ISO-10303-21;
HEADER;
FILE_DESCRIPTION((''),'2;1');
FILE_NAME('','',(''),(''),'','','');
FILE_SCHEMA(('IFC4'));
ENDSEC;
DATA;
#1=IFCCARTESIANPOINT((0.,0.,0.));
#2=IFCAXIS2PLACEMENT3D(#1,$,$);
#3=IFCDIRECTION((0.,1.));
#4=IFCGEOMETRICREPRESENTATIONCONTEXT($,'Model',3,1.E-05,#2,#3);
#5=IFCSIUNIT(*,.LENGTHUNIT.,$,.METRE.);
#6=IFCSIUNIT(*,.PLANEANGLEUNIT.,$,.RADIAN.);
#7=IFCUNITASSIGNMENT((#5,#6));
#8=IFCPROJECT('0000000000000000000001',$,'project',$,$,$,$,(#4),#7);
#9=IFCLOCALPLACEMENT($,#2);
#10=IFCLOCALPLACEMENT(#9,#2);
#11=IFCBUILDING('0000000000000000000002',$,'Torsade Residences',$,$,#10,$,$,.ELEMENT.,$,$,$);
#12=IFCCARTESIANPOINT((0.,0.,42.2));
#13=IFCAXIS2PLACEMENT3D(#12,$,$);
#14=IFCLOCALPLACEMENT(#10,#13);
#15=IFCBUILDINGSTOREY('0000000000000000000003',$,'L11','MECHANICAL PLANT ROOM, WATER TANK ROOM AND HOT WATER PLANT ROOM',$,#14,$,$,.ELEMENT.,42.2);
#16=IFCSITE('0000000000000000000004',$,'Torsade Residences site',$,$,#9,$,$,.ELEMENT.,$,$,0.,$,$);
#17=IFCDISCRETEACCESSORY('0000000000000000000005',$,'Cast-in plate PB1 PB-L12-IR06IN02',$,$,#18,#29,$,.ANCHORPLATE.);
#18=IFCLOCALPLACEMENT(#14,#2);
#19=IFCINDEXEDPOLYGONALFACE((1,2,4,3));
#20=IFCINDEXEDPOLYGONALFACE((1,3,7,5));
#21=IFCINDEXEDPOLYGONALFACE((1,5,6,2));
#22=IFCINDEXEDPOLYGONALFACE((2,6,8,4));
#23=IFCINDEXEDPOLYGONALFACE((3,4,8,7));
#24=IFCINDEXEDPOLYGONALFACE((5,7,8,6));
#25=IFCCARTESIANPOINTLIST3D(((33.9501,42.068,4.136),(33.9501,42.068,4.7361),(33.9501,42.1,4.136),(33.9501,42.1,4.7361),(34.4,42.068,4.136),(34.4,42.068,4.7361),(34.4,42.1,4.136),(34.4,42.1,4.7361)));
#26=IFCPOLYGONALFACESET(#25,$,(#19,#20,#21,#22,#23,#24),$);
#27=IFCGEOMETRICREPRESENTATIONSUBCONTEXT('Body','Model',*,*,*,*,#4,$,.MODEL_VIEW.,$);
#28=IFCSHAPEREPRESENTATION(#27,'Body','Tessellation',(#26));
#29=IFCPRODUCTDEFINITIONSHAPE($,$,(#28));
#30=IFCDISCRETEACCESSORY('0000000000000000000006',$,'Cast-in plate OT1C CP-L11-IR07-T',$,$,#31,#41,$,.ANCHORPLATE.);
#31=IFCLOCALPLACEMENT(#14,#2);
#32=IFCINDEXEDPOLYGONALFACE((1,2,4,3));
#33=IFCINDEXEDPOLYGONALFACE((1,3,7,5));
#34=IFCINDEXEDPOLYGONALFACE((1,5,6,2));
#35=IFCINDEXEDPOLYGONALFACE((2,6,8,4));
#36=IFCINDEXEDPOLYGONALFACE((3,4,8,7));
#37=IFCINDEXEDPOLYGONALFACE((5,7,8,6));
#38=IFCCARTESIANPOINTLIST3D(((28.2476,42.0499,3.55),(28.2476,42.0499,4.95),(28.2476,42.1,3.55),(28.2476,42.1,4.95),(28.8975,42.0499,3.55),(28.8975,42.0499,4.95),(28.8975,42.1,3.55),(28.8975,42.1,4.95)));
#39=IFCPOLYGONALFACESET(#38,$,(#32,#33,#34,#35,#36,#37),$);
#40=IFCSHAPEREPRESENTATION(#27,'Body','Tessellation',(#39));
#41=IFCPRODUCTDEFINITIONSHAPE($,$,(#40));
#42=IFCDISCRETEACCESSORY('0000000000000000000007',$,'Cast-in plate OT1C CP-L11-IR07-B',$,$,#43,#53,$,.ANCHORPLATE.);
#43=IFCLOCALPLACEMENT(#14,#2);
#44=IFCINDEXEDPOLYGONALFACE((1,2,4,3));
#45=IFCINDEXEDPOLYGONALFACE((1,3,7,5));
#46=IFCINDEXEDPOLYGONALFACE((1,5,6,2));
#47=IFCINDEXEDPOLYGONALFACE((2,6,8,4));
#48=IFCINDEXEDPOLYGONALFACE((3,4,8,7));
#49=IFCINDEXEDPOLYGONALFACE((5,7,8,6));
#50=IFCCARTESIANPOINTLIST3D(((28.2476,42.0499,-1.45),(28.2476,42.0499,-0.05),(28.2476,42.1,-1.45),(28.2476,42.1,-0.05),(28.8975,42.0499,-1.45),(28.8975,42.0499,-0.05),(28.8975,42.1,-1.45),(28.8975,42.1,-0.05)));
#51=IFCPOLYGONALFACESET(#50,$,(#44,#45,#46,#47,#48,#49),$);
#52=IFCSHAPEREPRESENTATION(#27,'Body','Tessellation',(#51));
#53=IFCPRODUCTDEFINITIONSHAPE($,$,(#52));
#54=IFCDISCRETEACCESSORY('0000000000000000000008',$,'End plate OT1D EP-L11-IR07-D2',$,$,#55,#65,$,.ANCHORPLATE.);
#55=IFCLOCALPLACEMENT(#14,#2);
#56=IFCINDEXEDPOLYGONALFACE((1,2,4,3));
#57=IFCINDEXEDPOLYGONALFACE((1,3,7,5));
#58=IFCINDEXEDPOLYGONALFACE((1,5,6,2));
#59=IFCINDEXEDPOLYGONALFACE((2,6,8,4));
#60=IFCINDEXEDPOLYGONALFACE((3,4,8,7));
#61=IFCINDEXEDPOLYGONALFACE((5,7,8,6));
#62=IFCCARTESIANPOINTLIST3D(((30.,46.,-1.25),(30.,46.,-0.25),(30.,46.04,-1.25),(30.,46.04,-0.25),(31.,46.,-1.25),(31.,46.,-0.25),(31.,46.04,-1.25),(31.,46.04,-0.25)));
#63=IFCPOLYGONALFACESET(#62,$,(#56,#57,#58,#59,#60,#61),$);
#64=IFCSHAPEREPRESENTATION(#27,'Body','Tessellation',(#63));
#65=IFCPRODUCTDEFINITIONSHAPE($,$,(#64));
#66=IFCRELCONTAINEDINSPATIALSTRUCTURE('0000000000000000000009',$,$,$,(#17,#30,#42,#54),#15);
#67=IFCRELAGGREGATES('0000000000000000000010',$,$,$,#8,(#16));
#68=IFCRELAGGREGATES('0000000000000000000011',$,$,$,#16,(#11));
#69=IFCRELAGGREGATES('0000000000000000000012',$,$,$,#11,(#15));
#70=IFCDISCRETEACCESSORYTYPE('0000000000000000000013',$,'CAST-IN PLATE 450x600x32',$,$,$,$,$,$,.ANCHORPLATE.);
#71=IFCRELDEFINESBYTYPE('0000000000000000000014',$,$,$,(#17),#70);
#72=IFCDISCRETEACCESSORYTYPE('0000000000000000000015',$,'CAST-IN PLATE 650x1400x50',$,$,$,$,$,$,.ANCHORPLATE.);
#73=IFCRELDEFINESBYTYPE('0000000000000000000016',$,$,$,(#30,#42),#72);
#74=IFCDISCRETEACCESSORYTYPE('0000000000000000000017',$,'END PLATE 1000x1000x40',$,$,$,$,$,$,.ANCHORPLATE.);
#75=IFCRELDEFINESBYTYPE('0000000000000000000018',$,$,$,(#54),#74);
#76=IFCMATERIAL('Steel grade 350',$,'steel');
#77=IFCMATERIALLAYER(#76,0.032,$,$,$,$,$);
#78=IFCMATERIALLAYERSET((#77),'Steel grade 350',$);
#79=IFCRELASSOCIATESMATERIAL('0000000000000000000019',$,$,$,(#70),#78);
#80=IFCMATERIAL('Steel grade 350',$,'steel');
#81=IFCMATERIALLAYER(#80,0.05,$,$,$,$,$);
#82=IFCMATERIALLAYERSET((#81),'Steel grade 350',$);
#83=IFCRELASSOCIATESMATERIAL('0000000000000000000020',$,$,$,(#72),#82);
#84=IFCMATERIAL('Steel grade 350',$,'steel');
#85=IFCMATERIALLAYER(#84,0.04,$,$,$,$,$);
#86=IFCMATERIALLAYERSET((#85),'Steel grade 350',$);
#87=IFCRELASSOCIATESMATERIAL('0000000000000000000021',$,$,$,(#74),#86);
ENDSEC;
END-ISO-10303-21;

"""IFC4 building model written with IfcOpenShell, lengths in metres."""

from ifc_helpers import new_model, si_unit, direction, frame, origin, origin_2d, place, context, subcontext, project, spatial, rectangle, extrude, material, layer, layer_set, type_object, element, save


model = new_model("IFC4")

# Units and contexts
model_context = context("Model", 3, precision=1e-05, world=origin(), true_north=direction((0.0, 1.0)))
body_context = subcontext(model_context, "Body", "Model", "MODEL_VIEW")
ifc_project = project(units=[si_unit("LENGTHUNIT", "METRE"), si_unit("PLANEANGLEUNIT", "RADIAN")], contexts=[model_context])

# Site, building, storey
site_placement = place(None, origin())
site = spatial("IfcSite", under=ifc_project, at=site_placement, Name="Torsade Residences site", CompositionType="ELEMENT", RefElevation=0.0)
building_placement = place(site_placement, origin())
building = spatial("IfcBuilding", under=site, at=building_placement, Name="Torsade Residences", CompositionType="ELEMENT")
storey_placement = place(building_placement, frame((0.0, 0.0, 42.2)))
storey = spatial("IfcBuildingStorey", under=building, at=storey_placement, Name="L11", Description="MECHANICAL PLANT ROOM, WATER TANK ROOM AND HOT WATER PLANT ROOM", CompositionType="ELEMENT", Elevation=42.2)

# Discrete accessories
ifc_material_1 = material(Name="Steel grade 350", Category="steel")
ifc_layer_1 = layer(ifc_material_1, 0.032)
ifc_layer_set_1 = layer_set([ifc_layer_1], Name="Steel grade 350")
discrete_accessory_type_1 = type_object("IfcDiscreteAccessoryType", Name="CAST-IN PLATE 450x600x32", PredefinedType="ANCHORPLATE", material=ifc_layer_set_1)
for number, where, z_axis, x_axis, name in (
    (1, (34.175, 42.084, 4.136), (0.0, 0.0, 1.0), (1.0, 0.0, 0.0), "Cast-in plate PB1 PB-L12-IR06IN02"),
):
    element("IfcDiscreteAccessory", number, at=place(storey_placement, frame(where, z_axis=z_axis, x_axis=x_axis)), inside=storey, type_object=discrete_accessory_type_1, Name=name, PredefinedType="ANCHORPLATE", context=body_context, shape_type="SweptSolid", body=[
        extrude(rectangle(XDim=0.45, YDim=0.032, at=origin_2d()), origin(), (0.0, 0.0, 1.0), 0.6001),
    ])
ifc_material_2 = material(Name="Steel grade 350", Category="steel")
ifc_layer_2 = layer(ifc_material_2, 0.05)
ifc_layer_set_2 = layer_set([ifc_layer_2], Name="Steel grade 350")
discrete_accessory_type_2 = type_object("IfcDiscreteAccessoryType", Name="CAST-IN PLATE 650x1400x50", PredefinedType="ANCHORPLATE", material=ifc_layer_set_2)
for number, where, z_axis, x_axis, name in (
    (2, (28.5725, 42.075, 3.55), (0.0, 0.0, 1.0), (1.0, 0.0, 0.0), "Cast-in plate OT1C CP-L11-IR07-T"),
    (3, (28.5725, 42.075, -1.45), (0.0, 0.0, 1.0), (1.0, 0.0, 0.0), "Cast-in plate OT1C CP-L11-IR07-B"),
):
    element("IfcDiscreteAccessory", number, at=place(storey_placement, frame(where, z_axis=z_axis, x_axis=x_axis)), inside=storey, type_object=discrete_accessory_type_2, Name=name, PredefinedType="ANCHORPLATE", context=body_context, shape_type="SweptSolid", body=[
        extrude(rectangle(XDim=0.6499, YDim=0.05, at=origin_2d()), origin(), (0.0, 0.0, 1.0), 1.3999),
    ])
ifc_material_3 = material(Name="Steel grade 350", Category="steel")
ifc_layer_3 = layer(ifc_material_3, 0.04)
ifc_layer_set_3 = layer_set([ifc_layer_3], Name="Steel grade 350")
discrete_accessory_type_3 = type_object("IfcDiscreteAccessoryType", Name="END PLATE 1000x1000x40", PredefinedType="ANCHORPLATE", material=ifc_layer_set_3)
discrete_accessory_placement = place(storey_placement, frame((30.5, 46.02, -1.25), z_axis=(0.0, 0.0, 1.0), x_axis=(1.0, 0.0, 0.0)))
element("IfcDiscreteAccessory", 4, at=discrete_accessory_placement, inside=storey, type_object=discrete_accessory_type_3, Name="End plate OT1D EP-L11-IR07-D2", PredefinedType="ANCHORPLATE", context=body_context, shape_type="SweptSolid", body=[
    extrude(rectangle(XDim=1.0, YDim=0.04, at=origin_2d()), origin(), (0.0, 0.0, 1.0), 1.0),
])

save(model, "model.ifc")
